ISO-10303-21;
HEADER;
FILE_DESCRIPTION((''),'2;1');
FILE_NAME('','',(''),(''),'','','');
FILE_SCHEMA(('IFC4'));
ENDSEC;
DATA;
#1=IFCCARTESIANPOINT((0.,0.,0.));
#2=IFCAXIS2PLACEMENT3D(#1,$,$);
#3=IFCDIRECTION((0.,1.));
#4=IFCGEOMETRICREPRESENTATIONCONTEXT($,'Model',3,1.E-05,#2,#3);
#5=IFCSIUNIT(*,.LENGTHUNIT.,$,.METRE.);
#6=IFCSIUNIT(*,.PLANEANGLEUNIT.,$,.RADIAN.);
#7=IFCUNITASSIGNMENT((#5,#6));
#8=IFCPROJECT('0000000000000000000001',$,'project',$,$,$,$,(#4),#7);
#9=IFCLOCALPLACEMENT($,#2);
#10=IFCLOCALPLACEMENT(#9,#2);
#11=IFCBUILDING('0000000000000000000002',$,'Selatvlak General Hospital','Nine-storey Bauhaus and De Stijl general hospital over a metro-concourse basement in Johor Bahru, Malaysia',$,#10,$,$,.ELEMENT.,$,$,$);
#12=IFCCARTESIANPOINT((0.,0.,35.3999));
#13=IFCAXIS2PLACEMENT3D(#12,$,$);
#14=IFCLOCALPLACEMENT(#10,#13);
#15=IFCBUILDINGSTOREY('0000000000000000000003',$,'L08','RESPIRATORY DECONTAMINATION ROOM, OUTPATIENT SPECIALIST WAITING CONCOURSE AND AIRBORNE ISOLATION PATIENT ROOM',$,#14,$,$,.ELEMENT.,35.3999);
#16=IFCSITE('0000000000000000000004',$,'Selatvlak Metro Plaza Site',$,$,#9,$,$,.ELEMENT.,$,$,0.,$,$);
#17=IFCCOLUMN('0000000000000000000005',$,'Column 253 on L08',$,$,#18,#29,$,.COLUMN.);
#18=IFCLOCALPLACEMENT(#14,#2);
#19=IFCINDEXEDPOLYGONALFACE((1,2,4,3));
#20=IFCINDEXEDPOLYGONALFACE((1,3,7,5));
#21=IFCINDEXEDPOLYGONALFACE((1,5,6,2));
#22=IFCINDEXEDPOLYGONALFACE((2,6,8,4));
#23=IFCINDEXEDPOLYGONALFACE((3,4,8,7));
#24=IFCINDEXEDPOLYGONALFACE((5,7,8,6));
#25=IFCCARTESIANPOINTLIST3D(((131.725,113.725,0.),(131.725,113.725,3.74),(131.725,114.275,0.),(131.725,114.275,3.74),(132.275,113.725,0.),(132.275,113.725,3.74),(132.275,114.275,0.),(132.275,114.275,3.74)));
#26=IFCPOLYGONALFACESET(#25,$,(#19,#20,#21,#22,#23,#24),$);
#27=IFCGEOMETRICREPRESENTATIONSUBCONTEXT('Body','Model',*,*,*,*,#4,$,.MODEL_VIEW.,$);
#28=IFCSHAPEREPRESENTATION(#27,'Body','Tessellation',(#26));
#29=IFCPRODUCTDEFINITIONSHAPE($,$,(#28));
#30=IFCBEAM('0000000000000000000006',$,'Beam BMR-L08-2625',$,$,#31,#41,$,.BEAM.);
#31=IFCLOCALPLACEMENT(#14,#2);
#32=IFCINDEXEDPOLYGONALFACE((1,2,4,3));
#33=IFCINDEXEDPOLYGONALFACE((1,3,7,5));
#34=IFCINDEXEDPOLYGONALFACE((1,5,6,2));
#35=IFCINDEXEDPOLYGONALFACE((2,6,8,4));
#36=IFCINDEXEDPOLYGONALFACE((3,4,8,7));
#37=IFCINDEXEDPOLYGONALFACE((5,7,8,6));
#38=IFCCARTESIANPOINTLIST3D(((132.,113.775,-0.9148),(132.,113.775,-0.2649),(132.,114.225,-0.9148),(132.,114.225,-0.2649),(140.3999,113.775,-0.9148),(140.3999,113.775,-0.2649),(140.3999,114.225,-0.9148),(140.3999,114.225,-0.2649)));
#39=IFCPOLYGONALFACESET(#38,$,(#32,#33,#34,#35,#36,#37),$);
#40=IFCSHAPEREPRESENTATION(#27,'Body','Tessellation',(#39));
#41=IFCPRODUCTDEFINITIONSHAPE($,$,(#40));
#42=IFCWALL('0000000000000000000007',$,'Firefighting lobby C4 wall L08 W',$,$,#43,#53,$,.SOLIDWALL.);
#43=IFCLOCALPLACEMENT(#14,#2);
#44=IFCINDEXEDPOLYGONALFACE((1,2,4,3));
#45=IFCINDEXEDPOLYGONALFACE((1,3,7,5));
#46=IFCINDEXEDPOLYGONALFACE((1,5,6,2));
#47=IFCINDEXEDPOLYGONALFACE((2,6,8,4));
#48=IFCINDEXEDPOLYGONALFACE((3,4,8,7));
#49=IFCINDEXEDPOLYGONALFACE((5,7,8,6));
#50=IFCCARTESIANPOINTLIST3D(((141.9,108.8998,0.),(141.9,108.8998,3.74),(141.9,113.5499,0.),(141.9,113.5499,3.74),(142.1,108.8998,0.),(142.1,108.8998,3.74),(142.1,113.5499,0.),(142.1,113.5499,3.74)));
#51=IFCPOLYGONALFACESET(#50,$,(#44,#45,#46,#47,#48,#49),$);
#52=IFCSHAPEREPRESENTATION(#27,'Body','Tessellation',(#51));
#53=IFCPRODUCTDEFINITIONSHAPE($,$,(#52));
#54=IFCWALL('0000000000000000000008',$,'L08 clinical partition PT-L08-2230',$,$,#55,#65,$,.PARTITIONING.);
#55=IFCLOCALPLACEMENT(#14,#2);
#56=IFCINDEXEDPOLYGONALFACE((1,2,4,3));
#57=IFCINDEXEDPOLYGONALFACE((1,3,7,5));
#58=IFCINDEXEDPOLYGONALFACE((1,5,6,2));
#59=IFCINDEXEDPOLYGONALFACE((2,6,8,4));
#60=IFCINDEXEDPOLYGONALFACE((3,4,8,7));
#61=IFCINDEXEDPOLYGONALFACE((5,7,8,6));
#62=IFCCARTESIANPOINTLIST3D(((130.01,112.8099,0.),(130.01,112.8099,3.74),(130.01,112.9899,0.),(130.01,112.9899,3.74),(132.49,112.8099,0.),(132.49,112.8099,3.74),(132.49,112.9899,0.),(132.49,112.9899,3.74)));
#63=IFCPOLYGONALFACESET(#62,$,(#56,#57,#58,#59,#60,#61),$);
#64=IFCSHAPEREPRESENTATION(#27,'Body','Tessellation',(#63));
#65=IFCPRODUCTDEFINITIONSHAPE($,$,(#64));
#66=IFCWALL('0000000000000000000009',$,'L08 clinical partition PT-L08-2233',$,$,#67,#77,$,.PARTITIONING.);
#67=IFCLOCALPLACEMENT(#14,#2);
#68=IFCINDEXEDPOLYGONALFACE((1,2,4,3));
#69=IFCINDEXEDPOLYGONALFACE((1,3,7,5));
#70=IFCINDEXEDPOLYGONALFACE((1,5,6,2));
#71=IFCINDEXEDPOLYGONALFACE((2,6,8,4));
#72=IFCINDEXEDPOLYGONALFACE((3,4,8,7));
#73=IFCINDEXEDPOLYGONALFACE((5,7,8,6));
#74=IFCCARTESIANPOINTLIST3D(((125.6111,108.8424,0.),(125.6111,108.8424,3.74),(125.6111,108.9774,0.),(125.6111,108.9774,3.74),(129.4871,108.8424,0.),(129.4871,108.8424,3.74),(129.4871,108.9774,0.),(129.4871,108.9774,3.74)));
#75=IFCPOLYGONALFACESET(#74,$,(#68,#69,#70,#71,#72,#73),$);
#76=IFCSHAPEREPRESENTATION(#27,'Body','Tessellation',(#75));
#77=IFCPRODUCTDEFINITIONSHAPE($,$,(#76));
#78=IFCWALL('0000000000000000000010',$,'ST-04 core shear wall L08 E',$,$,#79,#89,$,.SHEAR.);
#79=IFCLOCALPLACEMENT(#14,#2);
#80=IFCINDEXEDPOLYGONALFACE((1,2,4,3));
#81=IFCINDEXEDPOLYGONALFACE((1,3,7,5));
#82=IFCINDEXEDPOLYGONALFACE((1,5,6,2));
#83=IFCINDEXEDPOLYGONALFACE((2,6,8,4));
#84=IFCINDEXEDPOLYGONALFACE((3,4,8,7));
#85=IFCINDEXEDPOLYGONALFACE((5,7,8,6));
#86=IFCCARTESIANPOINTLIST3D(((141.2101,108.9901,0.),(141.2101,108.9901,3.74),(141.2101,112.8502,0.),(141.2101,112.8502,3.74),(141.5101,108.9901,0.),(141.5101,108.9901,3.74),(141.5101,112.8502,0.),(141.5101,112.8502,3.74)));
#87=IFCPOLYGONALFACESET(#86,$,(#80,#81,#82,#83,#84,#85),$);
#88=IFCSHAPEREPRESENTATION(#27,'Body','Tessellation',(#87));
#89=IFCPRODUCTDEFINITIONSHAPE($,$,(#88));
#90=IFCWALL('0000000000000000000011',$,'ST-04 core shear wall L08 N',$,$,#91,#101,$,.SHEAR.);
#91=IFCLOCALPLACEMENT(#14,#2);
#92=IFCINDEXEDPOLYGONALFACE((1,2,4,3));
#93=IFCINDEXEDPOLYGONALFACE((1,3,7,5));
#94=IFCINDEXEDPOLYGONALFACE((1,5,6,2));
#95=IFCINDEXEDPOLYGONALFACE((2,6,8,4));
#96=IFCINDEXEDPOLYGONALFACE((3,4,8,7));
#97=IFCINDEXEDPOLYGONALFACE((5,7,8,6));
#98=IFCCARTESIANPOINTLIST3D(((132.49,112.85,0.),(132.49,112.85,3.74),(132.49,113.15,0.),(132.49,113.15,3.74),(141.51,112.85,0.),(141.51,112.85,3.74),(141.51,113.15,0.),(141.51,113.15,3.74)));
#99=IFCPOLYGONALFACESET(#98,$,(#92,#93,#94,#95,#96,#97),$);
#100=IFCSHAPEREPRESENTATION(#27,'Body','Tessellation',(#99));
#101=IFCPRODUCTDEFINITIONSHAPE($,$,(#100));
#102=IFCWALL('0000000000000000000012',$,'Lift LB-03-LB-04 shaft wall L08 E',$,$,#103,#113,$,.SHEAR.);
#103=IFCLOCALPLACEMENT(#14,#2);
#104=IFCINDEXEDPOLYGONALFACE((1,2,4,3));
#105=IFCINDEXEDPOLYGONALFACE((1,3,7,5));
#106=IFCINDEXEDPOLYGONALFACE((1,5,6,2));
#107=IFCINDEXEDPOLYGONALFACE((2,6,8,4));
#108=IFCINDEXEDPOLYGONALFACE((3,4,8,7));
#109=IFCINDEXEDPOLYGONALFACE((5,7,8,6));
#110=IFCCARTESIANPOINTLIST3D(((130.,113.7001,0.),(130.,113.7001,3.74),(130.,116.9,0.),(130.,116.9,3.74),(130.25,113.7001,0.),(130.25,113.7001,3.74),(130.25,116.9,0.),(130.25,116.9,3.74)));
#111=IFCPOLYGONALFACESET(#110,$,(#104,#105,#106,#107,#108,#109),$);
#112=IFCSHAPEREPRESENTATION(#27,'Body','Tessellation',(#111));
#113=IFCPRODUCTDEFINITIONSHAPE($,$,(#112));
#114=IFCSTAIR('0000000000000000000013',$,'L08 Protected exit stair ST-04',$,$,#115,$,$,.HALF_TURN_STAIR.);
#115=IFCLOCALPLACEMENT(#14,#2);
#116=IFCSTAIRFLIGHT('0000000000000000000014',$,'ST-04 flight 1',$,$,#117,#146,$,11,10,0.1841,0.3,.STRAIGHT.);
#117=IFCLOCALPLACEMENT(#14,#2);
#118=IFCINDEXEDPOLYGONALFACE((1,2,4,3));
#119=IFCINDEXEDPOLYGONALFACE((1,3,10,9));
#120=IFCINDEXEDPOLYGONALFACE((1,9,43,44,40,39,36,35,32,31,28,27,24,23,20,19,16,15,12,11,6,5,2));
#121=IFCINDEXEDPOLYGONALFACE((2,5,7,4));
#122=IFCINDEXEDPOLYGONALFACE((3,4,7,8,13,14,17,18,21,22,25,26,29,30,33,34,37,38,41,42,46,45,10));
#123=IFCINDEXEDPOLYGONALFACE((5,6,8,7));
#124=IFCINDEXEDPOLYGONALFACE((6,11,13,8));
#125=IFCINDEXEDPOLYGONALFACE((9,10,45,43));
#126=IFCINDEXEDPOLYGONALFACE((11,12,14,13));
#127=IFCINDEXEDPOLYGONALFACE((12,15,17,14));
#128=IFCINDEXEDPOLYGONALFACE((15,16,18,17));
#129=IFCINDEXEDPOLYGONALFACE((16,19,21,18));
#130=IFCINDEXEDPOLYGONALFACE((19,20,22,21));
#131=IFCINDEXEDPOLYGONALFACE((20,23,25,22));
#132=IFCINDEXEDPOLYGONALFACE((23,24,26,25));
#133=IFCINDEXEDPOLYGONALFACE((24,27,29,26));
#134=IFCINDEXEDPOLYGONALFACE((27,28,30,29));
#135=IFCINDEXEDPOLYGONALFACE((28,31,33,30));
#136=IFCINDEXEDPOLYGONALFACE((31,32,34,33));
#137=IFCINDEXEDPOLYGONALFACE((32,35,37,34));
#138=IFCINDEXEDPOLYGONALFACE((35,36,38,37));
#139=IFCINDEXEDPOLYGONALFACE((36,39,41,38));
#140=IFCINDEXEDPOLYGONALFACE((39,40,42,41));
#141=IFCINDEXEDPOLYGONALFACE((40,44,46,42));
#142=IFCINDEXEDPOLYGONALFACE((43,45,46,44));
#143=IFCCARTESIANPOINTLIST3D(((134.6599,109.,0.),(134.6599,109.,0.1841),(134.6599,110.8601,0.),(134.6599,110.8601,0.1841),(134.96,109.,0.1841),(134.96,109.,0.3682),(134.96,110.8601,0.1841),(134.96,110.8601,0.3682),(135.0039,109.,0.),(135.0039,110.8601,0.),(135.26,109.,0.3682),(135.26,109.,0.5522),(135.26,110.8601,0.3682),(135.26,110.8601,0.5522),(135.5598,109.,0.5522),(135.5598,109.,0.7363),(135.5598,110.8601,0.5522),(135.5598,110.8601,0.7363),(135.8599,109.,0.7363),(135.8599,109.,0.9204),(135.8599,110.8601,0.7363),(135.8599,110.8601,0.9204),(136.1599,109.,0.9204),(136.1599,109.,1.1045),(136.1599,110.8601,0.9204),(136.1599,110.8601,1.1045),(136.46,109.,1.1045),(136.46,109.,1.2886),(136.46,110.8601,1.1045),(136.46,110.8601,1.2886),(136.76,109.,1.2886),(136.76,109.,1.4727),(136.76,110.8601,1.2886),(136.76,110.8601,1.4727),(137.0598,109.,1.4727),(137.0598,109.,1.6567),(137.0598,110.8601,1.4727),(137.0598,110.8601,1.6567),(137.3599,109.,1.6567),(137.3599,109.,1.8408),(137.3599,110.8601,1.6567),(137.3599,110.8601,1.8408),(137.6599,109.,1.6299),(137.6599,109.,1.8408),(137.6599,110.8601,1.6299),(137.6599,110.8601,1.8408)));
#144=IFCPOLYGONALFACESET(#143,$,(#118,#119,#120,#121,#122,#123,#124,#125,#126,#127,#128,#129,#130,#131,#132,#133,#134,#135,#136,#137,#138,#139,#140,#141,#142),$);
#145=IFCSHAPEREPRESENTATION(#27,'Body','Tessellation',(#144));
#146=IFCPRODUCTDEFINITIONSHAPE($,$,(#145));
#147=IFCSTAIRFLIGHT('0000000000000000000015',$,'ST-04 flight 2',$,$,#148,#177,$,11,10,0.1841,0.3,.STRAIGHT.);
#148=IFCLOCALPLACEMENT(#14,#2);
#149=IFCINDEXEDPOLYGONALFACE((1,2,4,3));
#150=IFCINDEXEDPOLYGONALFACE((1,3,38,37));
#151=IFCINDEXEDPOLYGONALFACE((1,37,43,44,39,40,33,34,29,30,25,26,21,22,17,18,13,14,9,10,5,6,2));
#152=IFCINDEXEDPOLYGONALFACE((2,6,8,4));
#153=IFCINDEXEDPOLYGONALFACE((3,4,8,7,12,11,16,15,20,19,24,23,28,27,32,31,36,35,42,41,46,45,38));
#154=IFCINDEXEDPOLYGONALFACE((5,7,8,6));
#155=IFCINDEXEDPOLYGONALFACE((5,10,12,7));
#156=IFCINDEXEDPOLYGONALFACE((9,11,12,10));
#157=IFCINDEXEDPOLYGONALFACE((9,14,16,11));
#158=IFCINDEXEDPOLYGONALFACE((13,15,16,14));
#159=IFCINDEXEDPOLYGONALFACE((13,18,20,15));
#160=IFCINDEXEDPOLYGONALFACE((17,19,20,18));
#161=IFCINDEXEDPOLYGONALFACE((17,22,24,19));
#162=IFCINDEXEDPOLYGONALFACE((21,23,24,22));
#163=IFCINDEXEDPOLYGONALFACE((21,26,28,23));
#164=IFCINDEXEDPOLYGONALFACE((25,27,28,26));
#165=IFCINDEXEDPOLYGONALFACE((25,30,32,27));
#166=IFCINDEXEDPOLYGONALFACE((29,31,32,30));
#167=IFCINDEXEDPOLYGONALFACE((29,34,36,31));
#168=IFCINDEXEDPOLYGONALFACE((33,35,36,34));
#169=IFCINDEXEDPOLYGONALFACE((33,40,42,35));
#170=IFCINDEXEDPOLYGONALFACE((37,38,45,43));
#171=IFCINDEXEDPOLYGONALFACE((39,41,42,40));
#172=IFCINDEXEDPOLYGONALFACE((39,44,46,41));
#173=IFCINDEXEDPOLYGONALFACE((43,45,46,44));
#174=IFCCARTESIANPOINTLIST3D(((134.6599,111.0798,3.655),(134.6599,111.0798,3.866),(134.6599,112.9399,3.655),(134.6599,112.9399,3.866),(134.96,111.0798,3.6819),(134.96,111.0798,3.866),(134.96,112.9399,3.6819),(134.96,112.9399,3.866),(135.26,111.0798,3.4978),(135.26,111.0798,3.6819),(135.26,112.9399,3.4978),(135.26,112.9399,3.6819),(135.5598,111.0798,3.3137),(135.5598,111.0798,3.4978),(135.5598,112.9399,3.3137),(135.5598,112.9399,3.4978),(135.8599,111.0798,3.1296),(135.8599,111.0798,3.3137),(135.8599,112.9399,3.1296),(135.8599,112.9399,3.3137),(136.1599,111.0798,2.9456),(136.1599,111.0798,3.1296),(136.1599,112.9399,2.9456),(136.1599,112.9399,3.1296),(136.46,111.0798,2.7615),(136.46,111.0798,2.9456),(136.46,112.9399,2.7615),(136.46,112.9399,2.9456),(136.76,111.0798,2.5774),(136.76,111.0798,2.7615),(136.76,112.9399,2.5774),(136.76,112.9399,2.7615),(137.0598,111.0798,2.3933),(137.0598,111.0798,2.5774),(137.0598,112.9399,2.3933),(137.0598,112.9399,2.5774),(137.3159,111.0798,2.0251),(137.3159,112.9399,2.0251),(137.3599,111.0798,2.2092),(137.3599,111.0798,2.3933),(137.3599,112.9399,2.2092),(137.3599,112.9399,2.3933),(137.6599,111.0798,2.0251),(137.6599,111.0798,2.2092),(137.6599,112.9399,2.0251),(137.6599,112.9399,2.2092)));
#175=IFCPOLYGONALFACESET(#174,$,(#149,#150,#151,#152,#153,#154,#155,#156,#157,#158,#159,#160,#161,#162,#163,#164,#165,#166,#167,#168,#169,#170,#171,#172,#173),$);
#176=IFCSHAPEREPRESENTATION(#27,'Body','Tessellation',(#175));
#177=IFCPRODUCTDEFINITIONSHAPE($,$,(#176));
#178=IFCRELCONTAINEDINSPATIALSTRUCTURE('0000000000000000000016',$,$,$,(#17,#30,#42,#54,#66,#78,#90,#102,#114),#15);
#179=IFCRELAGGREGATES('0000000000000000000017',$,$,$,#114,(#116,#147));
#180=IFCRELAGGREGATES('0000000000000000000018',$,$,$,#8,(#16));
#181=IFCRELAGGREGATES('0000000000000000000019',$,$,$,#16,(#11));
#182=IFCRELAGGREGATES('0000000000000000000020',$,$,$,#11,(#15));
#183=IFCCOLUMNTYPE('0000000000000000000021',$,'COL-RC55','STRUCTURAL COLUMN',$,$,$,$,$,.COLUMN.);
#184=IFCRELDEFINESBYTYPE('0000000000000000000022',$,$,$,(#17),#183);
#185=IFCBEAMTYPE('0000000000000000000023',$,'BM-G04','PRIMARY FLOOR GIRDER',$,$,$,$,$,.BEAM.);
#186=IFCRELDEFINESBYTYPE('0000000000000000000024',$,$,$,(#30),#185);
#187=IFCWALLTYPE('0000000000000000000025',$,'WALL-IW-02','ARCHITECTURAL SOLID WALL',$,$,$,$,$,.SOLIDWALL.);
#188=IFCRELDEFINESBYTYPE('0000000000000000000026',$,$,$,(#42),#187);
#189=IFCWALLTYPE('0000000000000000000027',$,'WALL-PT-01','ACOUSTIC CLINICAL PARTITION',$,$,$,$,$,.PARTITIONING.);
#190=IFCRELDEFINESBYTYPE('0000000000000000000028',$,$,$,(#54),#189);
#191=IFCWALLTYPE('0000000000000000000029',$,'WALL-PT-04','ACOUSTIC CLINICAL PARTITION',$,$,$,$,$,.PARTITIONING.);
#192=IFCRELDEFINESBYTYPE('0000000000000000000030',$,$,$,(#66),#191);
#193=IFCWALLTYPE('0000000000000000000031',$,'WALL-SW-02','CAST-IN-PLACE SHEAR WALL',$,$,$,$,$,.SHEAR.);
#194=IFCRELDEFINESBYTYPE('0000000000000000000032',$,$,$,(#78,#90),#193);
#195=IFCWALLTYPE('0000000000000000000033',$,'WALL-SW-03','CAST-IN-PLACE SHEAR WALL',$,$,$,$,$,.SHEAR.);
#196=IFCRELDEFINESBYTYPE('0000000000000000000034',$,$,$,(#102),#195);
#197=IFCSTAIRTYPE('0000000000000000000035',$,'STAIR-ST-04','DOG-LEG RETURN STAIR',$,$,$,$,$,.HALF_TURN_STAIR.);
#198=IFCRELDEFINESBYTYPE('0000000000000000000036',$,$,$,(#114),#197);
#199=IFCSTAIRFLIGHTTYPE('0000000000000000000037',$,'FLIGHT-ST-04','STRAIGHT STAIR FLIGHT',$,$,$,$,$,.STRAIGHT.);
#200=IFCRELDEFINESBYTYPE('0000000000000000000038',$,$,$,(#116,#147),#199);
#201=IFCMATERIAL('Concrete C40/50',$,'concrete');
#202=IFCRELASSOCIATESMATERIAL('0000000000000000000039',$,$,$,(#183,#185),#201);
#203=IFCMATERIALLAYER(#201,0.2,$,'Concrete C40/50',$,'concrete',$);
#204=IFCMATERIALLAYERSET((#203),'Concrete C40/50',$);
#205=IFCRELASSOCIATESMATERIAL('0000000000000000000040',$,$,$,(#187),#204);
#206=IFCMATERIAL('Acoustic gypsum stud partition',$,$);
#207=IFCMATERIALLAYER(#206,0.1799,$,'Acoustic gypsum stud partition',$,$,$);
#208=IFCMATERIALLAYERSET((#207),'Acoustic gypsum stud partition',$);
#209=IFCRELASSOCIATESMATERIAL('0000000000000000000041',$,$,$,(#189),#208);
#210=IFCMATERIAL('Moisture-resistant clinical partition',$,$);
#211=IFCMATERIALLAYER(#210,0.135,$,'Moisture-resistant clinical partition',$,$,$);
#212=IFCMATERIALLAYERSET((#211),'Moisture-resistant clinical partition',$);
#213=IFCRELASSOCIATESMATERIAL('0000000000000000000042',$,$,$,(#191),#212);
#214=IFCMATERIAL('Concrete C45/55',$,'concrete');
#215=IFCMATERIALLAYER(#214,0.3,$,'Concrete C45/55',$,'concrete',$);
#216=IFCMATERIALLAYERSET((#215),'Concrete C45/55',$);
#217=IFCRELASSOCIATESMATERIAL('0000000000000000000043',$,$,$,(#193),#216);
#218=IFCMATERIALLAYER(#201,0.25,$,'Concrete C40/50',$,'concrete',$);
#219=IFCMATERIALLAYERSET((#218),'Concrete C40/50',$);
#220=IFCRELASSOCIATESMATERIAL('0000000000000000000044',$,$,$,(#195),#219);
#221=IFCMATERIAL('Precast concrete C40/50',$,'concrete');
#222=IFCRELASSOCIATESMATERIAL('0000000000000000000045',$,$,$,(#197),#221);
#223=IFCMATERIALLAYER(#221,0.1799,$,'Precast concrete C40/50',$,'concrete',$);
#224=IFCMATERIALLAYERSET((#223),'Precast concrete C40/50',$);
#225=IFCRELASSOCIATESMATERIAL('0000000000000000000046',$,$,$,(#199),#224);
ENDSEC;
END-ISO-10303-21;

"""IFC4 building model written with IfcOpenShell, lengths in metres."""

from ifc_helpers import new_model, si_unit, direction, frame, frame_2d, origin, origin_2d, place, context, subcontext, project, spatial, polyline, rectangle, outline, extrude, material, layer, layer_set, material_profile, profile_set, type_object, element, aggregate, save


model = new_model("IFC4")

# Units and contexts
model_context = context("Model", 3, precision=1e-05, world=origin(), true_north=direction((0.0, 1.0)))
body_context = subcontext(model_context, "Body", "Model", "MODEL_VIEW")
ifc_project = project(units=[si_unit("LENGTHUNIT", "METRE"), si_unit("PLANEANGLEUNIT", "RADIAN")], contexts=[model_context])

# Site, building, storey
site_placement = place(None, origin())
site = spatial("IfcSite", under=ifc_project, at=site_placement, Name="Selatvlak Metro Plaza Site", CompositionType="ELEMENT", RefElevation=0.0)
building_placement = place(site_placement, origin())
building = spatial("IfcBuilding", under=site, at=building_placement, Name="Selatvlak General Hospital", Description="Nine-storey Bauhaus and De Stijl general hospital over a metro-concourse basement in Johor Bahru, Malaysia", CompositionType="ELEMENT")
storey_placement = place(building_placement, frame((0.0, 0.0, 35.3999)))
storey = spatial("IfcBuildingStorey", under=building, at=storey_placement, Name="L08", Description="RESPIRATORY DECONTAMINATION ROOM, OUTPATIENT SPECIALIST WAITING CONCOURSE AND AIRBORNE ISOLATION PATIENT ROOM", CompositionType="ELEMENT", Elevation=35.3999)

# Column
ifc_material_1 = material(Name="Concrete C40/50", Category="concrete")
ifc_material_profile_1 = material_profile(ifc_material_1, rectangle(XDim=0.55, YDim=0.55, at=origin_2d()), Name="RC-COL 550x550")
ifc_profile_set_1 = profile_set([ifc_material_profile_1], Name="Concrete C40/50")
column_type = type_object("IfcColumnType", Name="COL-RC55", Description="STRUCTURAL COLUMN", PredefinedType="COLUMN", material=ifc_profile_set_1)
column_placement = place(storey_placement, frame((132.0, 114.0, 0.0), z_axis=(0.0, 0.0, 1.0), x_axis=(1.0, 0.0, 0.0)))
element("IfcColumn", 1, at=column_placement, inside=storey, type_object=column_type, Name="Column 253 on L08", PredefinedType="COLUMN", context=body_context, shape_type="SweptSolid", body=[
    extrude(rectangle(XDim=0.55, YDim=0.55, at=origin_2d()), origin(), (0.0, 0.0, 1.0), 3.74),
])

# Beam
ifc_material_profile_2 = material_profile(ifc_material_1, rectangle(XDim=0.45, YDim=0.6499, at=origin_2d()), Name="RC-BM 450x650")
ifc_profile_set_2 = profile_set([ifc_material_profile_2], Name="Concrete C40/50")
beam_type = type_object("IfcBeamType", Name="BM-G04", Description="PRIMARY FLOOR GIRDER", PredefinedType="BEAM", material=ifc_profile_set_2)
beam_placement = place(storey_placement, frame((132.0, 114.0, -0.5898), z_axis=(1.0, 0.0, 0.0), x_axis=(0.0, 1.0, 0.0)))
element("IfcBeam", 2, at=beam_placement, inside=storey, type_object=beam_type, Name="Beam BMR-L08-2625", PredefinedType="BEAM", context=body_context, shape_type="SweptSolid", body=[
    extrude(rectangle(XDim=0.45, YDim=0.6499, at=origin_2d()), origin(), (0.0, 0.0, 1.0), 8.3999),
])

# Walls
ifc_layer_1 = layer(ifc_material_1, 0.2, Name="Concrete C40/50", Category="concrete")
ifc_layer_set_1 = layer_set([ifc_layer_1], Name="Concrete C40/50")
wall_type_1 = type_object("IfcWallType", Name="WALL-IW-02", Description="ARCHITECTURAL SOLID WALL", PredefinedType="SOLIDWALL", material=ifc_layer_set_1)
wall_1_placement = place(storey_placement, frame((142.0, 113.55, 0.0), z_axis=(0.0, 0.0, 1.0), x_axis=(0.0, -1.0, 0.0)))
element("IfcWall", 3, at=wall_1_placement, inside=storey, type_object=wall_type_1, Name="Firefighting lobby C4 wall L08 W", PredefinedType="SOLIDWALL", context=body_context, shape_type="SweptSolid", body=[
    extrude(rectangle(XDim=4.6501, YDim=0.2, at=frame_2d((2.3252, 0.0))), origin(), (0.0, 0.0, 1.0), 3.74),
])
ifc_material_2 = material(Name="Acoustic gypsum stud partition")
ifc_layer_2 = layer(ifc_material_2, 0.1799, Name="Acoustic gypsum stud partition")
ifc_layer_set_2 = layer_set([ifc_layer_2], Name="Acoustic gypsum stud partition")
wall_type_2 = type_object("IfcWallType", Name="WALL-PT-01", Description="ACOUSTIC CLINICAL PARTITION", PredefinedType="PARTITIONING", material=ifc_layer_set_2)
wall_2_placement = place(storey_placement, frame((132.49, 112.8999, 0.0), z_axis=(0.0, 0.0, 1.0), x_axis=(-1.0, 0.0, 0.0)))
element("IfcWall", 4, at=wall_2_placement, inside=storey, type_object=wall_type_2, Name="L08 clinical partition PT-L08-2230", PredefinedType="PARTITIONING", context=body_context, shape_type="SweptSolid", body=[
    extrude(rectangle(XDim=2.48, YDim=0.1799, at=frame_2d((1.24, 0.0))), origin(), (0.0, 0.0, 1.0), 3.74),
])
ifc_material_3 = material(Name="Moisture-resistant clinical partition")
ifc_layer_3 = layer(ifc_material_3, 0.135, Name="Moisture-resistant clinical partition")
ifc_layer_set_3 = layer_set([ifc_layer_3], Name="Moisture-resistant clinical partition")
wall_type_3 = type_object("IfcWallType", Name="WALL-PT-04", Description="ACOUSTIC CLINICAL PARTITION", PredefinedType="PARTITIONING", material=ifc_layer_set_3)
wall_3_placement = place(storey_placement, frame((129.4871, 108.9099, 0.0), z_axis=(0.0, 0.0, 1.0), x_axis=(-1.0, 0.0, 0.0)))
element("IfcWall", 5, at=wall_3_placement, inside=storey, type_object=wall_type_3, Name="L08 clinical partition PT-L08-2233", PredefinedType="PARTITIONING", context=body_context, shape_type="SweptSolid", body=[
    extrude(rectangle(XDim=3.876, YDim=0.135, at=frame_2d((1.938, 0.0))), origin(), (0.0, 0.0, 1.0), 3.74),
])
ifc_material_4 = material(Name="Concrete C45/55", Category="concrete")
ifc_layer_4 = layer(ifc_material_4, 0.3, Name="Concrete C45/55", Category="concrete")
ifc_layer_set_4 = layer_set([ifc_layer_4], Name="Concrete C45/55")
wall_type_4 = type_object("IfcWallType", Name="WALL-SW-02", Description="CAST-IN-PLACE SHEAR WALL", PredefinedType="SHEAR", material=ifc_layer_set_4)
wall_4_placement = place(storey_placement, frame((141.3601, 108.99, 0.0), z_axis=(0.0, 0.0, 1.0), x_axis=(0.0, 1.0, 0.0)))
element("IfcWall", 6, at=wall_4_placement, inside=storey, type_object=wall_type_4, Name="ST-04 core shear wall L08 E", PredefinedType="SHEAR", context=body_context, shape_type="SweptSolid", body=[
    extrude(rectangle(XDim=3.8601, YDim=0.3, at=frame_2d((1.9302, 0.0))), origin(), (0.0, 0.0, 1.0), 3.74),
])
wall_5_placement = place(storey_placement, frame((141.51, 113.0, 0.0), z_axis=(0.0, 0.0, 1.0), x_axis=(-1.0, 0.0, 0.0)))
element("IfcWall", 7, at=wall_5_placement, inside=storey, type_object=wall_type_4, Name="ST-04 core shear wall L08 N", PredefinedType="SHEAR", context=body_context, shape_type="SweptSolid", body=[
    extrude(rectangle(XDim=9.02, YDim=0.3, at=frame_2d((4.51, 0.0))), origin(), (0.0, 0.0, 1.0), 3.74),
])

# Wall
ifc_layer_5 = layer(ifc_material_1, 0.25, Name="Concrete C40/50", Category="concrete")
ifc_layer_set_5 = layer_set([ifc_layer_5], Name="Concrete C40/50")
wall_type_5 = type_object("IfcWallType", Name="WALL-SW-03", Description="CAST-IN-PLACE SHEAR WALL", PredefinedType="SHEAR", material=ifc_layer_set_5)
wall_6_placement = place(storey_placement, frame((130.125, 113.7, 0.0), z_axis=(0.0, 0.0, 1.0), x_axis=(0.0, 1.0, 0.0)))
element("IfcWall", 8, at=wall_6_placement, inside=storey, type_object=wall_type_5, Name="Lift LB-03-LB-04 shaft wall L08 E", PredefinedType="SHEAR", context=body_context, shape_type="SweptSolid", body=[
    extrude(rectangle(XDim=3.2, YDim=0.25, at=frame_2d((1.6001, 0.0))), origin(), (0.0, 0.0, 1.0), 3.74),
])

# Stair, stair flights
ifc_material_5 = material(Name="Precast concrete C40/50", Category="concrete")
stair_type = type_object("IfcStairType", Name="STAIR-ST-04", Description="DOG-LEG RETURN STAIR", PredefinedType="HALF_TURN_STAIR", material=ifc_material_5)
stair_placement = place(storey_placement, origin())
stair = element("IfcStair", 9, at=stair_placement, inside=storey, type_object=stair_type, Name="L08 Protected exit stair ST-04", PredefinedType="HALF_TURN_STAIR")
ifc_layer_6 = layer(ifc_material_5, 0.1799, Name="Precast concrete C40/50", Category="concrete")
ifc_layer_set_6 = layer_set([ifc_layer_6], Name="Precast concrete C40/50")
stair_flight_type = type_object("IfcStairFlightType", Name="FLIGHT-ST-04", Description="STRAIGHT STAIR FLIGHT", PredefinedType="STRAIGHT", material=ifc_layer_set_6)
stair_flight_1_placement = place(storey_placement, frame((134.6599, 109.9299, 0.0), z_axis=(0.0, 0.0, 1.0), x_axis=(1.0, 0.0, 0.0)))
stair_flight_1 = element("IfcStairFlight", 10, at=stair_flight_1_placement, type_object=stair_flight_type, Name="ST-04 flight 1", NumberOfRisers=11, NumberOfTreads=10, PredefinedType="STRAIGHT", RiserHeight=0.1841, TreadLength=0.3, context=body_context, shape_type="SweptSolid", body=[
    extrude(outline(polyline([(0.0, 0.0), (0.0, 0.1841), (0.3, 0.1841), (0.3, 0.3682), (0.6001, 0.3682), (0.6001, 0.5522), (0.8999, 0.5522), (0.8999, 0.7363), (1.2, 0.7363), (1.2, 0.9204), (1.5, 0.9204), (1.5, 1.1045), (1.8, 1.1045), (1.8, 1.2886), (2.1001, 1.2886), (2.1001, 1.4727), (2.3999, 1.4727), (2.3999, 1.6567), (2.7, 1.6567), (2.7, 1.8408), (3.0, 1.8408), (3.0, 2.0249), (3.0, 1.6299), (0.344, 0.0), (0.0, 0.0)])), frame((0.0, 0.9302, 0.0), z_axis=(0.0, -1.0, 0.0), x_axis=(1.0, 0.0, 0.0)), (0.0, 0.0, 1.0), 1.8601),
])
stair_flight_2_placement = place(storey_placement, frame((137.6599, 112.01, 2.0251), z_axis=(0.0, 0.0, 1.0), x_axis=(-1.0, 0.0, 0.0)))
stair_flight_2 = element("IfcStairFlight", 11, at=stair_flight_2_placement, type_object=stair_flight_type, Name="ST-04 flight 2", NumberOfRisers=11, NumberOfTreads=10, PredefinedType="STRAIGHT", RiserHeight=0.1841, TreadLength=0.3, context=body_context, shape_type="SweptSolid", body=[
    extrude(outline(polyline([(0.0, 0.0), (0.0, 0.1841), (0.3, 0.1841), (0.3, 0.3682), (0.6001, 0.3682), (0.6001, 0.5522), (0.8999, 0.5522), (0.8999, 0.7363), (1.2, 0.7363), (1.2, 0.9204), (1.5, 0.9204), (1.5, 1.1045), (1.8, 1.1045), (1.8, 1.2886), (2.1001, 1.2886), (2.1001, 1.4727), (2.3999, 1.4727), (2.3999, 1.6567), (2.7, 1.6567), (2.7, 1.8408), (3.0, 1.8408), (3.0, 2.0249), (3.0, 1.6299), (0.344, 0.0), (0.0, 0.0)])), frame((0.0, 0.9302, 0.0), z_axis=(0.0, -1.0, 0.0), x_axis=(1.0, 0.0, 0.0)), (0.0, 0.0, 1.0), 1.8601),
])
aggregate(stair, [stair_flight_1, stair_flight_2])

save(model, "model.ifc")
